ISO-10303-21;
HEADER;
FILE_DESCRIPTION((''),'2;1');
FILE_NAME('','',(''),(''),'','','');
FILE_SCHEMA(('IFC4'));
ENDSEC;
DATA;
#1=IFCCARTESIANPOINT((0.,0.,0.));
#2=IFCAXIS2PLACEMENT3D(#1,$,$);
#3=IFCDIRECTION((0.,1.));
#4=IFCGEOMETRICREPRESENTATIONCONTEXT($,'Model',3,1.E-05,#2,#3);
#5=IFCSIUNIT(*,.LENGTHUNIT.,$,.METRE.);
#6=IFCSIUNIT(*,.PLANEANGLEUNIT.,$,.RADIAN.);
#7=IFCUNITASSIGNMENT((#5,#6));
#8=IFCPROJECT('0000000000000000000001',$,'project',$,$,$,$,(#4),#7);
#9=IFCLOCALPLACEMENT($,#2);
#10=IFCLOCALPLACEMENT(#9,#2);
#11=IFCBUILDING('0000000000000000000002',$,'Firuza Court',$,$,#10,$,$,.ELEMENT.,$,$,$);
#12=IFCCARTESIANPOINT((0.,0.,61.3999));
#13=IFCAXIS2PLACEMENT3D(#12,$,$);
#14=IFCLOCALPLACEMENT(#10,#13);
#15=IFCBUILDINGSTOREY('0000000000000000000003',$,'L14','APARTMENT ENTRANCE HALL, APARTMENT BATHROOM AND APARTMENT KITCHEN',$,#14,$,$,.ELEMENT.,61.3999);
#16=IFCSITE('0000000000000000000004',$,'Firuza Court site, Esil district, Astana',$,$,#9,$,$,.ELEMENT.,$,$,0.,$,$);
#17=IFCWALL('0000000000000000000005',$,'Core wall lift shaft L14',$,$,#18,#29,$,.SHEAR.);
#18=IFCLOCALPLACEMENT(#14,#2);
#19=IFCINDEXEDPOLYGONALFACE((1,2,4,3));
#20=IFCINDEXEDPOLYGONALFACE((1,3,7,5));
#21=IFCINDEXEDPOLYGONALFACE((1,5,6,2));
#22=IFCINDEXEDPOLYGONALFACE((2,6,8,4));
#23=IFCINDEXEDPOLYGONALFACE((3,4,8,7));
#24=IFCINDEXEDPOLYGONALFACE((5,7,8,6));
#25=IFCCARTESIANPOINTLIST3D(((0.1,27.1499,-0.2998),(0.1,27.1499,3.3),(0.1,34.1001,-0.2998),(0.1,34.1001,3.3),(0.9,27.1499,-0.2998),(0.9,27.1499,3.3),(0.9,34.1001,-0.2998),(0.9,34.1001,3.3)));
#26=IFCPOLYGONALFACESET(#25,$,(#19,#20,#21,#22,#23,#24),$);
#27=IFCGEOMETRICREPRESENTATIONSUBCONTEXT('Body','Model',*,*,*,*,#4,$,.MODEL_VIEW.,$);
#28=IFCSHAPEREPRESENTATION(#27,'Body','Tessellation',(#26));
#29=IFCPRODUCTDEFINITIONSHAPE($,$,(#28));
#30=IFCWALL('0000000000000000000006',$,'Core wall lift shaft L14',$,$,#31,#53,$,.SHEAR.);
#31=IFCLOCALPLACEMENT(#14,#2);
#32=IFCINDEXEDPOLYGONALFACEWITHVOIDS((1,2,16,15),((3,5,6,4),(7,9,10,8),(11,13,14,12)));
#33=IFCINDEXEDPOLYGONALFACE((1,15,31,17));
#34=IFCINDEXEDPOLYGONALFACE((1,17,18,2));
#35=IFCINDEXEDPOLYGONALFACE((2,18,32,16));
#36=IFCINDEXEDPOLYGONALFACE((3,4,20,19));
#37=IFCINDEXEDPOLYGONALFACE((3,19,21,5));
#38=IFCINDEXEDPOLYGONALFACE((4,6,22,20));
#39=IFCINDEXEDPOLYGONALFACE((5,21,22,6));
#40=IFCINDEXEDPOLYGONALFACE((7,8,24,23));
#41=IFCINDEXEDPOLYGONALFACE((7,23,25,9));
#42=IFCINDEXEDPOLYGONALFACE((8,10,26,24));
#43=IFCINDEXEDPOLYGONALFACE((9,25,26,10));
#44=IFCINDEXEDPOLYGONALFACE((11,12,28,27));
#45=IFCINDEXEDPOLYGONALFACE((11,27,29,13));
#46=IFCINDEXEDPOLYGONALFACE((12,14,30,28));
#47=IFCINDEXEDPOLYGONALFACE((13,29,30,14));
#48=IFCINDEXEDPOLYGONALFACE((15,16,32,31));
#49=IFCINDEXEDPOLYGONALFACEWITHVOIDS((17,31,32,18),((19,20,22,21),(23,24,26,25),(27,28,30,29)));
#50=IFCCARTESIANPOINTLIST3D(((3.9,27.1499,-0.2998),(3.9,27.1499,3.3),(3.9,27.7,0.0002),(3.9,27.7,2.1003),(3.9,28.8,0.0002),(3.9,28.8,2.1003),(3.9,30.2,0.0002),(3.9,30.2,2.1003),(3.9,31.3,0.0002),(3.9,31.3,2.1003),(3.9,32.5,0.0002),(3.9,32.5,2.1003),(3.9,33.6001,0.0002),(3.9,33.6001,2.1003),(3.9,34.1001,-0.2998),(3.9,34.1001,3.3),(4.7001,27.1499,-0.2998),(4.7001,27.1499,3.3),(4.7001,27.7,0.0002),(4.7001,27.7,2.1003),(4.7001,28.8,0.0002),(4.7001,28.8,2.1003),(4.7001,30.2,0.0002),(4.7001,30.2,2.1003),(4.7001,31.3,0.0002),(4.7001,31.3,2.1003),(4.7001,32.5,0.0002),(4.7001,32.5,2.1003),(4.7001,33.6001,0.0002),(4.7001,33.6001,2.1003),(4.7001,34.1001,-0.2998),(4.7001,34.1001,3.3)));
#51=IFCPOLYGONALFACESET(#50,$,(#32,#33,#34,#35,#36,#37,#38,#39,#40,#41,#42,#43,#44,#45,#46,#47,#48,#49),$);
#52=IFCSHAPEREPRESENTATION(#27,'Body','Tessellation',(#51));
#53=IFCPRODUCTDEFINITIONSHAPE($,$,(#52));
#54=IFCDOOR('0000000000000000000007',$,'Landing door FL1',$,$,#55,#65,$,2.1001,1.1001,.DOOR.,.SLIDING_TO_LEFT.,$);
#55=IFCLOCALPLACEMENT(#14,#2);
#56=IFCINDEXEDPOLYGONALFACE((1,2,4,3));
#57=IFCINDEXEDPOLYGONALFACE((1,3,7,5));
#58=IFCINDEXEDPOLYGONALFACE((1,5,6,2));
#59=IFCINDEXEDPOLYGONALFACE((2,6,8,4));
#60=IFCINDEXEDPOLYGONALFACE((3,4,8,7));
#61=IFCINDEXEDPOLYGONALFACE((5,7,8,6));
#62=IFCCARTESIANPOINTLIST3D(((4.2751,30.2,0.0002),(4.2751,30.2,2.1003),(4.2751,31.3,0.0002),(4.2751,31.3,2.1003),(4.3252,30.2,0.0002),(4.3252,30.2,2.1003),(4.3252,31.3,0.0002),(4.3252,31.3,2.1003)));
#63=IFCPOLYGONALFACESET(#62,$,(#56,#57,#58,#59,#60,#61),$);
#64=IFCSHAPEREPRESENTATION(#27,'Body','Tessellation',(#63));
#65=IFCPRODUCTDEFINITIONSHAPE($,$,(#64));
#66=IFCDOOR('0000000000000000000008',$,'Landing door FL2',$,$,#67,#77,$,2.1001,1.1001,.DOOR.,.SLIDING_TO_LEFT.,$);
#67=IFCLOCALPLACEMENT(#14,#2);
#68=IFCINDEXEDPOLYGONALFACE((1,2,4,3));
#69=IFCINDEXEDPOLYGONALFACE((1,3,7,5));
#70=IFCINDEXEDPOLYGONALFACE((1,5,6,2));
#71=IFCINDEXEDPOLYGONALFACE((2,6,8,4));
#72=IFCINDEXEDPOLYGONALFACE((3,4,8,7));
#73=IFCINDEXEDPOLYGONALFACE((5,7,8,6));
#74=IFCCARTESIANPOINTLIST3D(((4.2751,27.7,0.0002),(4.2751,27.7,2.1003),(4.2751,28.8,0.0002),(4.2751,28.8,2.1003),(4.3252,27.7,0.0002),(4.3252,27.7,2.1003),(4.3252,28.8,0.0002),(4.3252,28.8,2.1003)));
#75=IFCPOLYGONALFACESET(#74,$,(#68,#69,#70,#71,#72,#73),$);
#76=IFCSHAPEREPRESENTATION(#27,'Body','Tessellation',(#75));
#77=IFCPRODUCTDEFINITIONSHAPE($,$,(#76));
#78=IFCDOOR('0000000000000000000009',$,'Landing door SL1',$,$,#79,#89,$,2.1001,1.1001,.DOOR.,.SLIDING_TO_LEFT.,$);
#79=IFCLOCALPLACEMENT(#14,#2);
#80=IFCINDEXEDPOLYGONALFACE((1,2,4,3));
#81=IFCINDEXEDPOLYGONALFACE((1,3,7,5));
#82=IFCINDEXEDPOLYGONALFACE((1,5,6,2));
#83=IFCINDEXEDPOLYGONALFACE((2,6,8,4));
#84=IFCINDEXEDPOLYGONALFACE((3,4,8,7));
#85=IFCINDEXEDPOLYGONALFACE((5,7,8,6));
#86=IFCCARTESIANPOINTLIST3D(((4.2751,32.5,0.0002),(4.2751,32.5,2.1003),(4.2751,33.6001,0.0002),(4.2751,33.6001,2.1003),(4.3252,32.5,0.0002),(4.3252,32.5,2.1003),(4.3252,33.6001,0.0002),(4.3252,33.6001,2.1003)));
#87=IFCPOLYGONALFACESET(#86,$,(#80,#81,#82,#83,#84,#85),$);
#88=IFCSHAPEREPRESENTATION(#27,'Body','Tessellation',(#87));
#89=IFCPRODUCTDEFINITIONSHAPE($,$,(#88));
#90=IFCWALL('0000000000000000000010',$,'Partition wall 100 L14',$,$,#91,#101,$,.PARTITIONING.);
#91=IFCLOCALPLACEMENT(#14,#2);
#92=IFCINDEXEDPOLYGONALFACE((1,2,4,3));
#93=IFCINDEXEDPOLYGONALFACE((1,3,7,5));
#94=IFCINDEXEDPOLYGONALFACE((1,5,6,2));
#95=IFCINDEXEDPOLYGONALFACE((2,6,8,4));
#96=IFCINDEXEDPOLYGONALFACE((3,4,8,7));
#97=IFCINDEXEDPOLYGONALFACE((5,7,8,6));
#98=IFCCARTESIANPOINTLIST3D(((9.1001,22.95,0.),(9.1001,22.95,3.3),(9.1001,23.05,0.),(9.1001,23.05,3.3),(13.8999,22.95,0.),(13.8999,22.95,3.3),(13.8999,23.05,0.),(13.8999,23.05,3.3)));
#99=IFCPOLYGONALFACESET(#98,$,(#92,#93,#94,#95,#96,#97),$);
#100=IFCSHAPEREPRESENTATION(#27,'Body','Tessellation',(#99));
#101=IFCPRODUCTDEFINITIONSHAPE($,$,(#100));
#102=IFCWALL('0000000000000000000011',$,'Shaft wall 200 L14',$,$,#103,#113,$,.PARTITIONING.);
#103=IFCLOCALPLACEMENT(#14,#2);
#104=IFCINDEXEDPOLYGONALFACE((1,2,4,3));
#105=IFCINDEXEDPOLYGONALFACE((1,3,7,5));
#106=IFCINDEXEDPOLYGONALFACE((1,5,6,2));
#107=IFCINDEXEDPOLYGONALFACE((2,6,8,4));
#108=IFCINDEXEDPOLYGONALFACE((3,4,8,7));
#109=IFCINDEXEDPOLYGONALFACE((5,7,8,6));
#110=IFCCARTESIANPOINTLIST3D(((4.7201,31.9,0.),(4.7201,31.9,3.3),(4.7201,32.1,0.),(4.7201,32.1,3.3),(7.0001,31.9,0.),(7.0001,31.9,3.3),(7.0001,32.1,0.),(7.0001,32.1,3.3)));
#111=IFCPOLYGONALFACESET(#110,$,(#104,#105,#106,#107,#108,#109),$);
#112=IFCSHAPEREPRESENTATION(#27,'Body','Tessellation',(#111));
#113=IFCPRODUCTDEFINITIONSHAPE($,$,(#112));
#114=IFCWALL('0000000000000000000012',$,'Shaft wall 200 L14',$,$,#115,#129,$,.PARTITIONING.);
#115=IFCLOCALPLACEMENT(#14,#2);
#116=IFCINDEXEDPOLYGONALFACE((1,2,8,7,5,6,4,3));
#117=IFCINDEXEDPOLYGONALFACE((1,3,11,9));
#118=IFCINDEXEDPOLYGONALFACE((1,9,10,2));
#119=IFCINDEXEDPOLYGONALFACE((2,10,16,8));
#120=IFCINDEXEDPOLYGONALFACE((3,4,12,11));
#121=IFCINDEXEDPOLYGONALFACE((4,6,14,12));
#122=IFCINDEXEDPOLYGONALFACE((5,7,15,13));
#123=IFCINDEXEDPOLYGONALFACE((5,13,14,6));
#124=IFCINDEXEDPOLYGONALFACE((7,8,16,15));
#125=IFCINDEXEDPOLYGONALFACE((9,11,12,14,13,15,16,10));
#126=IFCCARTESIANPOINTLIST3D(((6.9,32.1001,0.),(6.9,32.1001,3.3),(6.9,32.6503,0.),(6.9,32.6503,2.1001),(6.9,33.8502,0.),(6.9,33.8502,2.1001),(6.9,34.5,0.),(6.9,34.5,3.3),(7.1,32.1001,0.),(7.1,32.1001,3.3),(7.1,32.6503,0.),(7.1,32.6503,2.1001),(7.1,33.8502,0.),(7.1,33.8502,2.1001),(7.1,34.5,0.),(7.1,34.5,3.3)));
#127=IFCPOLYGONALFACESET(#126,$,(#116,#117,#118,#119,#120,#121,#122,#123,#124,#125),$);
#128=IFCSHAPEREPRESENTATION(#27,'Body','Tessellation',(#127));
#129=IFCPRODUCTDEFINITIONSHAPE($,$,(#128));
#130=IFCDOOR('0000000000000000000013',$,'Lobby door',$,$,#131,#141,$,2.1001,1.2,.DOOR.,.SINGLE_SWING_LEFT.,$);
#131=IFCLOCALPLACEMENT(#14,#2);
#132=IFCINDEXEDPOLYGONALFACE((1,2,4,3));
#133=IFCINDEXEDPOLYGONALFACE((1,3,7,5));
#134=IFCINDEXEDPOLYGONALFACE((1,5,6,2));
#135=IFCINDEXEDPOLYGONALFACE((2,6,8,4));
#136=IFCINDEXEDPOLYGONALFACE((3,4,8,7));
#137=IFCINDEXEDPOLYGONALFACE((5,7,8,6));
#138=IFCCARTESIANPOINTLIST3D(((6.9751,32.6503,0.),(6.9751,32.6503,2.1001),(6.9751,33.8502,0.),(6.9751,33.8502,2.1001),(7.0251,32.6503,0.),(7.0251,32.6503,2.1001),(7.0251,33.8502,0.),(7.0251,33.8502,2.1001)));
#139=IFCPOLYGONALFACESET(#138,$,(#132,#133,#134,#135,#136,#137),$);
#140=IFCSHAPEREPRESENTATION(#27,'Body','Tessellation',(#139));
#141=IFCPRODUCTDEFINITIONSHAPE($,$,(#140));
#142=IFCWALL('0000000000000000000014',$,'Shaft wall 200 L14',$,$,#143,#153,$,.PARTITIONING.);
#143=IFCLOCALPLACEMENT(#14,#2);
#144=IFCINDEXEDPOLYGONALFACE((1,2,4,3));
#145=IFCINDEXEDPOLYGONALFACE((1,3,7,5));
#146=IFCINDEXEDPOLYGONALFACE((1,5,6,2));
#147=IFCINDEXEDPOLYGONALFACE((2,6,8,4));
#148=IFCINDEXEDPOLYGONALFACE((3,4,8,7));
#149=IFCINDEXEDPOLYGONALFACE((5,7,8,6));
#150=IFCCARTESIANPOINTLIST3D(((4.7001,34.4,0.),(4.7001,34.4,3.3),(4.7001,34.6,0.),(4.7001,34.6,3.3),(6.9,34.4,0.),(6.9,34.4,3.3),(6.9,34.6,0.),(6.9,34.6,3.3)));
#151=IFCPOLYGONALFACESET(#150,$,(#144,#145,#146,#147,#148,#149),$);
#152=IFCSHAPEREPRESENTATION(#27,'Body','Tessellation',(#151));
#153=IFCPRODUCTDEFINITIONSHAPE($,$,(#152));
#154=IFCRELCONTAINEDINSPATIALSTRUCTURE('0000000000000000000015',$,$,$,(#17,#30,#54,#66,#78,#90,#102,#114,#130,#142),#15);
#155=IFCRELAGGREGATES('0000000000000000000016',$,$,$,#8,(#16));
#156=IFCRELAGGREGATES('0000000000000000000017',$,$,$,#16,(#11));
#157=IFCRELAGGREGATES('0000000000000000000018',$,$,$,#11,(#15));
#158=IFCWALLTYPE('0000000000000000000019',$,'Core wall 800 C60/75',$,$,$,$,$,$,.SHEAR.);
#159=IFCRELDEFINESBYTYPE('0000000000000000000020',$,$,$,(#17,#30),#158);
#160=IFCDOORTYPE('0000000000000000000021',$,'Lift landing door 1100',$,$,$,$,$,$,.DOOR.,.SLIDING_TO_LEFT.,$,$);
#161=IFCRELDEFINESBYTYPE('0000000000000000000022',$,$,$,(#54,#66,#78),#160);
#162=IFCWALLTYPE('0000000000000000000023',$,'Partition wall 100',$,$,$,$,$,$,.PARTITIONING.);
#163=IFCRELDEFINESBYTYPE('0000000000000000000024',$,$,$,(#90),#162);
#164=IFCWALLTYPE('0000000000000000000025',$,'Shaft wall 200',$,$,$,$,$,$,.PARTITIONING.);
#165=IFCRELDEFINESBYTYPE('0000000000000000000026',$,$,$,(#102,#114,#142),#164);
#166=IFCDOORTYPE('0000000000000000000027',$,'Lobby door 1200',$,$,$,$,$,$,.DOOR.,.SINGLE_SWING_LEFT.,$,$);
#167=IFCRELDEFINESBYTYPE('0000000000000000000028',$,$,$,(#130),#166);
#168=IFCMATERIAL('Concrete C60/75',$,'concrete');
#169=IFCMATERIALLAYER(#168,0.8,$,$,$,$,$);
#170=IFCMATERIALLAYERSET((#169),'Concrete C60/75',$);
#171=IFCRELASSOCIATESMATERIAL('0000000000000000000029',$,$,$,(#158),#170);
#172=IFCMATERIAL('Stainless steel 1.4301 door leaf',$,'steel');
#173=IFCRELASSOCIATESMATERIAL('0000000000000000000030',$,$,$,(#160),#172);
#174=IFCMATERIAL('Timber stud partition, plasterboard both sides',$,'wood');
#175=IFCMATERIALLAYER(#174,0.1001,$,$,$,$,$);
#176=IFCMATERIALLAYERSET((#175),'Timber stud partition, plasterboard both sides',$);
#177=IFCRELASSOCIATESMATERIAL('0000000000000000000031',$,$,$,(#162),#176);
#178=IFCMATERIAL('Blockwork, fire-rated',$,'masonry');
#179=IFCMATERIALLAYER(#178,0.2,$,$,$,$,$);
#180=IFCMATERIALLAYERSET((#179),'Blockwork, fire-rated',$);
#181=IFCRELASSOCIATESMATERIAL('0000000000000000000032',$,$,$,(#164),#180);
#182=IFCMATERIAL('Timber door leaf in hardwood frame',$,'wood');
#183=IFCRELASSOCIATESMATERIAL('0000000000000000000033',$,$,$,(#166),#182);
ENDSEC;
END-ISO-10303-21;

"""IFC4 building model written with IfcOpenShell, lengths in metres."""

from ifc_helpers import new_model, si_unit, direction, frame, frame_2d, origin, place, context, subcontext, project, spatial, rectangle, extrude, material, layer, layer_set, type_object, element, fill, save


model = new_model("IFC4")

# Units and contexts
model_context = context("Model", 3, precision=1e-05, world=origin(), true_north=direction((0.0, 1.0)))
body_context = subcontext(model_context, "Body", "Model", "MODEL_VIEW")
ifc_project = project(units=[si_unit("LENGTHUNIT", "METRE"), si_unit("PLANEANGLEUNIT", "RADIAN")], contexts=[model_context])

# Site, building, storey
site_placement = place(None, origin())
site = spatial("IfcSite", under=ifc_project, at=site_placement, Name="Firuza Court site, Esil district, Astana", CompositionType="ELEMENT", RefElevation=0.0)
building_placement = place(site_placement, origin())
building = spatial("IfcBuilding", under=site, at=building_placement, Name="Firuza Court", CompositionType="ELEMENT")
storey_placement = place(building_placement, frame((0.0, 0.0, 61.3999)))
storey = spatial("IfcBuildingStorey", under=building, at=storey_placement, Name="L14", Description="APARTMENT ENTRANCE HALL, APARTMENT BATHROOM AND APARTMENT KITCHEN", CompositionType="ELEMENT", Elevation=61.3999)

# Shared definitions
ifc_material_1 = material(Name="Concrete C60/75", Category="concrete")

# Wall
ifc_layer_1 = layer(ifc_material_1, 0.8)
ifc_layer_set_1 = layer_set([ifc_layer_1], Name="Concrete C60/75")
wall_type_1 = type_object("IfcWallType", Name="Core wall 800 C60/75", PredefinedType="SHEAR", material=ifc_layer_set_1)
wall_1_placement = place(storey_placement, frame((0.5, 27.1499, -0.2998), z_axis=(0.0, 0.0, 1.0), x_axis=(0.0, 1.0, 0.0)))
element("IfcWall", 1, at=wall_1_placement, inside=storey, type_object=wall_type_1, Name="Core wall lift shaft L14", PredefinedType="SHEAR", context=body_context, shape_type="SweptSolid", body=[
    extrude(rectangle(XDim=6.9502, YDim=0.8, at=frame_2d((3.4751, 0.0))), origin(), (0.0, 0.0, 1.0), 3.5999),
])

# Wall, openings, doors
wall_2_placement = place(storey_placement, frame((4.3, 27.1499, -0.2998), z_axis=(0.0, 0.0, 1.0), x_axis=(0.0, 1.0, 0.0)))
wall_2 = element("IfcWall", 2, at=wall_2_placement, inside=storey, type_object=wall_type_1, Name="Core wall lift shaft L14", PredefinedType="SHEAR", context=body_context, shape_type="SweptSolid", body=[
    extrude(rectangle(XDim=6.9502, YDim=0.8, at=frame_2d((3.4751, 0.0))), origin(), (0.0, 0.0, 1.0), 3.5999),
])
opening_1_placement = place(wall_2_placement, frame((3.05, 0.0, 0.3)))
opening_1 = element("IfcOpeningElement", 3, at=opening_1_placement, cuts=wall_2, PredefinedType="OPENING", context=body_context, shape_type="SweptSolid", body=[
    extrude(rectangle(XDim=1.1001, YDim=2.1001, at=frame_2d((0.55, 1.05))), frame((0.0, 0.4121, 0.0), z_axis=(0.0, -1.0, 0.0), x_axis=(1.0, 0.0, 0.0)), (0.0, 0.0, 1.0), 0.824),
])
opening_2_placement = place(wall_2_placement, frame((0.55, 0.0, 0.3)))
opening_2 = element("IfcOpeningElement", 4, at=opening_2_placement, cuts=wall_2, PredefinedType="OPENING", context=body_context, shape_type="SweptSolid", body=[
    extrude(rectangle(XDim=1.1001, YDim=2.1001, at=frame_2d((0.55, 1.05))), frame((0.0, 0.4121, 0.0), z_axis=(0.0, -1.0, 0.0), x_axis=(1.0, 0.0, 0.0)), (0.0, 0.0, 1.0), 0.824),
])
opening_3_placement = place(wall_2_placement, frame((5.3501, 0.0, 0.3)))
opening_3 = element("IfcOpeningElement", 5, at=opening_3_placement, cuts=wall_2, PredefinedType="OPENING", context=body_context, shape_type="SweptSolid", body=[
    extrude(rectangle(XDim=1.1001, YDim=2.1001, at=frame_2d((0.55, 1.05))), frame((0.0, 0.4121, 0.0), z_axis=(0.0, -1.0, 0.0), x_axis=(1.0, 0.0, 0.0)), (0.0, 0.0, 1.0), 0.824),
])
ifc_material_2 = material(Name="Stainless steel 1.4301 door leaf", Category="steel")
door_type_1 = type_object("IfcDoorType", Name="Lift landing door 1100", OperationType="SLIDING_TO_LEFT", PredefinedType="DOOR", material=ifc_material_2)
door_1_placement = place(opening_1_placement, origin())
door_1 = element("IfcDoor", 6, at=door_1_placement, inside=storey, type_object=door_type_1, Name="Landing door FL1", OperationType="SLIDING_TO_LEFT", OverallHeight=2.1001, OverallWidth=1.1001, PredefinedType="DOOR", context=body_context, shape_type="SweptSolid", body=[
    extrude(rectangle(XDim=1.1001, YDim=2.1001, at=frame_2d((0.55, 1.05))), frame((0.0, 0.0249, 0.0), z_axis=(0.0, -1.0, 0.0), x_axis=(1.0, 0.0, 0.0)), (0.0, 0.0, 1.0), 0.05),
])
fill(opening_1, door_1)
door_2_placement = place(opening_2_placement, origin())
door_2 = element("IfcDoor", 7, at=door_2_placement, inside=storey, type_object=door_type_1, Name="Landing door FL2", OperationType="SLIDING_TO_LEFT", OverallHeight=2.1001, OverallWidth=1.1001, PredefinedType="DOOR", context=body_context, shape_type="SweptSolid", body=[
    extrude(rectangle(XDim=1.1001, YDim=2.1001, at=frame_2d((0.55, 1.05))), frame((0.0, 0.0249, 0.0), z_axis=(0.0, -1.0, 0.0), x_axis=(1.0, 0.0, 0.0)), (0.0, 0.0, 1.0), 0.05),
])
fill(opening_2, door_2)
door_3_placement = place(opening_3_placement, origin())
door_3 = element("IfcDoor", 8, at=door_3_placement, inside=storey, type_object=door_type_1, Name="Landing door SL1", OperationType="SLIDING_TO_LEFT", OverallHeight=2.1001, OverallWidth=1.1001, PredefinedType="DOOR", context=body_context, shape_type="SweptSolid", body=[
    extrude(rectangle(XDim=1.1001, YDim=2.1001, at=frame_2d((0.55, 1.05))), frame((0.0, 0.0249, 0.0), z_axis=(0.0, -1.0, 0.0), x_axis=(1.0, 0.0, 0.0)), (0.0, 0.0, 1.0), 0.05),
])
fill(opening_3, door_3)

# Walls
ifc_material_3 = material(Name="Timber stud partition, plasterboard both sides", Category="wood")
ifc_layer_2 = layer(ifc_material_3, 0.1001)
ifc_layer_set_2 = layer_set([ifc_layer_2], Name="Timber stud partition, plasterboard both sides")
wall_type_2 = type_object("IfcWallType", Name="Partition wall 100", PredefinedType="PARTITIONING", material=ifc_layer_set_2)
wall_3_placement = place(storey_placement, frame((9.1001, 23.0, 0.0), z_axis=(0.0, 0.0, 1.0), x_axis=(1.0, 0.0, 0.0)))
element("IfcWall", 9, at=wall_3_placement, inside=storey, type_object=wall_type_2, Name="Partition wall 100 L14", PredefinedType="PARTITIONING", context=body_context, shape_type="SweptSolid", body=[
    extrude(rectangle(XDim=4.7998, YDim=0.1001, at=frame_2d((2.3999, 0.0))), origin(), (0.0, 0.0, 1.0), 3.3),
])
ifc_material_4 = material(Name="Blockwork, fire-rated", Category="masonry")
ifc_layer_3 = layer(ifc_material_4, 0.2)
ifc_layer_set_3 = layer_set([ifc_layer_3], Name="Blockwork, fire-rated")
wall_type_3 = type_object("IfcWallType", Name="Shaft wall 200", PredefinedType="PARTITIONING", material=ifc_layer_set_3)
wall_4_placement = place(storey_placement, frame((4.72, 32.0, 0.0), z_axis=(0.0, 0.0, 1.0), x_axis=(1.0, 0.0, 0.0)))
element("IfcWall", 10, at=wall_4_placement, inside=storey, type_object=wall_type_3, Name="Shaft wall 200 L14", PredefinedType="PARTITIONING", context=body_context, shape_type="SweptSolid", body=[
    extrude(rectangle(XDim=2.28, YDim=0.2, at=frame_2d((1.1401, 0.0))), origin(), (0.0, 0.0, 1.0), 3.3),
])

# Wall, opening, door
wall_5_placement = place(storey_placement, frame((7.0, 32.1001, 0.0), z_axis=(0.0, 0.0, 1.0), x_axis=(0.0, 1.0, 0.0)))
wall_5 = element("IfcWall", 11, at=wall_5_placement, inside=storey, type_object=wall_type_3, Name="Shaft wall 200 L14", PredefinedType="PARTITIONING", context=body_context, shape_type="SweptSolid", body=[
    extrude(rectangle(XDim=2.3999, YDim=0.2, at=frame_2d((1.2, 0.0))), origin(), (0.0, 0.0, 1.0), 3.3),
])
opening_4_placement = place(wall_5_placement, frame((0.55, 0.0, 0.0)))
opening_4 = element("IfcOpeningElement", 12, at=opening_4_placement, cuts=wall_5, PredefinedType="OPENING", context=body_context, shape_type="SweptSolid", body=[
    extrude(rectangle(XDim=1.2, YDim=2.1001, at=frame_2d((0.6001, 1.05))), frame((0.0, 0.1118, 0.0), z_axis=(0.0, -1.0, 0.0), x_axis=(1.0, 0.0, 0.0)), (0.0, 0.0, 1.0), 0.2239),
])
ifc_material_5 = material(Name="Timber door leaf in hardwood frame", Category="wood")
door_type_2 = type_object("IfcDoorType", Name="Lobby door 1200", OperationType="SINGLE_SWING_LEFT", PredefinedType="DOOR", material=ifc_material_5)
door_4_placement = place(opening_4_placement, origin())
door_4 = element("IfcDoor", 13, at=door_4_placement, inside=storey, type_object=door_type_2, Name="Lobby door", OperationType="SINGLE_SWING_LEFT", OverallHeight=2.1001, OverallWidth=1.2, PredefinedType="DOOR", context=body_context, shape_type="SweptSolid", body=[
    extrude(rectangle(XDim=1.2, YDim=2.1001, at=frame_2d((0.6001, 1.05))), frame((0.0, 0.0249, 0.0), z_axis=(0.0, -1.0, 0.0), x_axis=(1.0, 0.0, 0.0)), (0.0, 0.0, 1.0), 0.05),
])
fill(opening_4, door_4)

# Wall
wall_6_placement = place(storey_placement, frame((4.7, 34.5, 0.0), z_axis=(0.0, 0.0, 1.0), x_axis=(1.0, 0.0, 0.0)))
element("IfcWall", 14, at=wall_6_placement, inside=storey, type_object=wall_type_3, Name="Shaft wall 200 L14", PredefinedType="PARTITIONING", context=body_context, shape_type="SweptSolid", body=[
    extrude(rectangle(XDim=2.2, YDim=0.2, at=frame_2d((1.1001, 0.0))), origin(), (0.0, 0.0, 1.0), 3.3),
])

save(model, "model.ifc")
